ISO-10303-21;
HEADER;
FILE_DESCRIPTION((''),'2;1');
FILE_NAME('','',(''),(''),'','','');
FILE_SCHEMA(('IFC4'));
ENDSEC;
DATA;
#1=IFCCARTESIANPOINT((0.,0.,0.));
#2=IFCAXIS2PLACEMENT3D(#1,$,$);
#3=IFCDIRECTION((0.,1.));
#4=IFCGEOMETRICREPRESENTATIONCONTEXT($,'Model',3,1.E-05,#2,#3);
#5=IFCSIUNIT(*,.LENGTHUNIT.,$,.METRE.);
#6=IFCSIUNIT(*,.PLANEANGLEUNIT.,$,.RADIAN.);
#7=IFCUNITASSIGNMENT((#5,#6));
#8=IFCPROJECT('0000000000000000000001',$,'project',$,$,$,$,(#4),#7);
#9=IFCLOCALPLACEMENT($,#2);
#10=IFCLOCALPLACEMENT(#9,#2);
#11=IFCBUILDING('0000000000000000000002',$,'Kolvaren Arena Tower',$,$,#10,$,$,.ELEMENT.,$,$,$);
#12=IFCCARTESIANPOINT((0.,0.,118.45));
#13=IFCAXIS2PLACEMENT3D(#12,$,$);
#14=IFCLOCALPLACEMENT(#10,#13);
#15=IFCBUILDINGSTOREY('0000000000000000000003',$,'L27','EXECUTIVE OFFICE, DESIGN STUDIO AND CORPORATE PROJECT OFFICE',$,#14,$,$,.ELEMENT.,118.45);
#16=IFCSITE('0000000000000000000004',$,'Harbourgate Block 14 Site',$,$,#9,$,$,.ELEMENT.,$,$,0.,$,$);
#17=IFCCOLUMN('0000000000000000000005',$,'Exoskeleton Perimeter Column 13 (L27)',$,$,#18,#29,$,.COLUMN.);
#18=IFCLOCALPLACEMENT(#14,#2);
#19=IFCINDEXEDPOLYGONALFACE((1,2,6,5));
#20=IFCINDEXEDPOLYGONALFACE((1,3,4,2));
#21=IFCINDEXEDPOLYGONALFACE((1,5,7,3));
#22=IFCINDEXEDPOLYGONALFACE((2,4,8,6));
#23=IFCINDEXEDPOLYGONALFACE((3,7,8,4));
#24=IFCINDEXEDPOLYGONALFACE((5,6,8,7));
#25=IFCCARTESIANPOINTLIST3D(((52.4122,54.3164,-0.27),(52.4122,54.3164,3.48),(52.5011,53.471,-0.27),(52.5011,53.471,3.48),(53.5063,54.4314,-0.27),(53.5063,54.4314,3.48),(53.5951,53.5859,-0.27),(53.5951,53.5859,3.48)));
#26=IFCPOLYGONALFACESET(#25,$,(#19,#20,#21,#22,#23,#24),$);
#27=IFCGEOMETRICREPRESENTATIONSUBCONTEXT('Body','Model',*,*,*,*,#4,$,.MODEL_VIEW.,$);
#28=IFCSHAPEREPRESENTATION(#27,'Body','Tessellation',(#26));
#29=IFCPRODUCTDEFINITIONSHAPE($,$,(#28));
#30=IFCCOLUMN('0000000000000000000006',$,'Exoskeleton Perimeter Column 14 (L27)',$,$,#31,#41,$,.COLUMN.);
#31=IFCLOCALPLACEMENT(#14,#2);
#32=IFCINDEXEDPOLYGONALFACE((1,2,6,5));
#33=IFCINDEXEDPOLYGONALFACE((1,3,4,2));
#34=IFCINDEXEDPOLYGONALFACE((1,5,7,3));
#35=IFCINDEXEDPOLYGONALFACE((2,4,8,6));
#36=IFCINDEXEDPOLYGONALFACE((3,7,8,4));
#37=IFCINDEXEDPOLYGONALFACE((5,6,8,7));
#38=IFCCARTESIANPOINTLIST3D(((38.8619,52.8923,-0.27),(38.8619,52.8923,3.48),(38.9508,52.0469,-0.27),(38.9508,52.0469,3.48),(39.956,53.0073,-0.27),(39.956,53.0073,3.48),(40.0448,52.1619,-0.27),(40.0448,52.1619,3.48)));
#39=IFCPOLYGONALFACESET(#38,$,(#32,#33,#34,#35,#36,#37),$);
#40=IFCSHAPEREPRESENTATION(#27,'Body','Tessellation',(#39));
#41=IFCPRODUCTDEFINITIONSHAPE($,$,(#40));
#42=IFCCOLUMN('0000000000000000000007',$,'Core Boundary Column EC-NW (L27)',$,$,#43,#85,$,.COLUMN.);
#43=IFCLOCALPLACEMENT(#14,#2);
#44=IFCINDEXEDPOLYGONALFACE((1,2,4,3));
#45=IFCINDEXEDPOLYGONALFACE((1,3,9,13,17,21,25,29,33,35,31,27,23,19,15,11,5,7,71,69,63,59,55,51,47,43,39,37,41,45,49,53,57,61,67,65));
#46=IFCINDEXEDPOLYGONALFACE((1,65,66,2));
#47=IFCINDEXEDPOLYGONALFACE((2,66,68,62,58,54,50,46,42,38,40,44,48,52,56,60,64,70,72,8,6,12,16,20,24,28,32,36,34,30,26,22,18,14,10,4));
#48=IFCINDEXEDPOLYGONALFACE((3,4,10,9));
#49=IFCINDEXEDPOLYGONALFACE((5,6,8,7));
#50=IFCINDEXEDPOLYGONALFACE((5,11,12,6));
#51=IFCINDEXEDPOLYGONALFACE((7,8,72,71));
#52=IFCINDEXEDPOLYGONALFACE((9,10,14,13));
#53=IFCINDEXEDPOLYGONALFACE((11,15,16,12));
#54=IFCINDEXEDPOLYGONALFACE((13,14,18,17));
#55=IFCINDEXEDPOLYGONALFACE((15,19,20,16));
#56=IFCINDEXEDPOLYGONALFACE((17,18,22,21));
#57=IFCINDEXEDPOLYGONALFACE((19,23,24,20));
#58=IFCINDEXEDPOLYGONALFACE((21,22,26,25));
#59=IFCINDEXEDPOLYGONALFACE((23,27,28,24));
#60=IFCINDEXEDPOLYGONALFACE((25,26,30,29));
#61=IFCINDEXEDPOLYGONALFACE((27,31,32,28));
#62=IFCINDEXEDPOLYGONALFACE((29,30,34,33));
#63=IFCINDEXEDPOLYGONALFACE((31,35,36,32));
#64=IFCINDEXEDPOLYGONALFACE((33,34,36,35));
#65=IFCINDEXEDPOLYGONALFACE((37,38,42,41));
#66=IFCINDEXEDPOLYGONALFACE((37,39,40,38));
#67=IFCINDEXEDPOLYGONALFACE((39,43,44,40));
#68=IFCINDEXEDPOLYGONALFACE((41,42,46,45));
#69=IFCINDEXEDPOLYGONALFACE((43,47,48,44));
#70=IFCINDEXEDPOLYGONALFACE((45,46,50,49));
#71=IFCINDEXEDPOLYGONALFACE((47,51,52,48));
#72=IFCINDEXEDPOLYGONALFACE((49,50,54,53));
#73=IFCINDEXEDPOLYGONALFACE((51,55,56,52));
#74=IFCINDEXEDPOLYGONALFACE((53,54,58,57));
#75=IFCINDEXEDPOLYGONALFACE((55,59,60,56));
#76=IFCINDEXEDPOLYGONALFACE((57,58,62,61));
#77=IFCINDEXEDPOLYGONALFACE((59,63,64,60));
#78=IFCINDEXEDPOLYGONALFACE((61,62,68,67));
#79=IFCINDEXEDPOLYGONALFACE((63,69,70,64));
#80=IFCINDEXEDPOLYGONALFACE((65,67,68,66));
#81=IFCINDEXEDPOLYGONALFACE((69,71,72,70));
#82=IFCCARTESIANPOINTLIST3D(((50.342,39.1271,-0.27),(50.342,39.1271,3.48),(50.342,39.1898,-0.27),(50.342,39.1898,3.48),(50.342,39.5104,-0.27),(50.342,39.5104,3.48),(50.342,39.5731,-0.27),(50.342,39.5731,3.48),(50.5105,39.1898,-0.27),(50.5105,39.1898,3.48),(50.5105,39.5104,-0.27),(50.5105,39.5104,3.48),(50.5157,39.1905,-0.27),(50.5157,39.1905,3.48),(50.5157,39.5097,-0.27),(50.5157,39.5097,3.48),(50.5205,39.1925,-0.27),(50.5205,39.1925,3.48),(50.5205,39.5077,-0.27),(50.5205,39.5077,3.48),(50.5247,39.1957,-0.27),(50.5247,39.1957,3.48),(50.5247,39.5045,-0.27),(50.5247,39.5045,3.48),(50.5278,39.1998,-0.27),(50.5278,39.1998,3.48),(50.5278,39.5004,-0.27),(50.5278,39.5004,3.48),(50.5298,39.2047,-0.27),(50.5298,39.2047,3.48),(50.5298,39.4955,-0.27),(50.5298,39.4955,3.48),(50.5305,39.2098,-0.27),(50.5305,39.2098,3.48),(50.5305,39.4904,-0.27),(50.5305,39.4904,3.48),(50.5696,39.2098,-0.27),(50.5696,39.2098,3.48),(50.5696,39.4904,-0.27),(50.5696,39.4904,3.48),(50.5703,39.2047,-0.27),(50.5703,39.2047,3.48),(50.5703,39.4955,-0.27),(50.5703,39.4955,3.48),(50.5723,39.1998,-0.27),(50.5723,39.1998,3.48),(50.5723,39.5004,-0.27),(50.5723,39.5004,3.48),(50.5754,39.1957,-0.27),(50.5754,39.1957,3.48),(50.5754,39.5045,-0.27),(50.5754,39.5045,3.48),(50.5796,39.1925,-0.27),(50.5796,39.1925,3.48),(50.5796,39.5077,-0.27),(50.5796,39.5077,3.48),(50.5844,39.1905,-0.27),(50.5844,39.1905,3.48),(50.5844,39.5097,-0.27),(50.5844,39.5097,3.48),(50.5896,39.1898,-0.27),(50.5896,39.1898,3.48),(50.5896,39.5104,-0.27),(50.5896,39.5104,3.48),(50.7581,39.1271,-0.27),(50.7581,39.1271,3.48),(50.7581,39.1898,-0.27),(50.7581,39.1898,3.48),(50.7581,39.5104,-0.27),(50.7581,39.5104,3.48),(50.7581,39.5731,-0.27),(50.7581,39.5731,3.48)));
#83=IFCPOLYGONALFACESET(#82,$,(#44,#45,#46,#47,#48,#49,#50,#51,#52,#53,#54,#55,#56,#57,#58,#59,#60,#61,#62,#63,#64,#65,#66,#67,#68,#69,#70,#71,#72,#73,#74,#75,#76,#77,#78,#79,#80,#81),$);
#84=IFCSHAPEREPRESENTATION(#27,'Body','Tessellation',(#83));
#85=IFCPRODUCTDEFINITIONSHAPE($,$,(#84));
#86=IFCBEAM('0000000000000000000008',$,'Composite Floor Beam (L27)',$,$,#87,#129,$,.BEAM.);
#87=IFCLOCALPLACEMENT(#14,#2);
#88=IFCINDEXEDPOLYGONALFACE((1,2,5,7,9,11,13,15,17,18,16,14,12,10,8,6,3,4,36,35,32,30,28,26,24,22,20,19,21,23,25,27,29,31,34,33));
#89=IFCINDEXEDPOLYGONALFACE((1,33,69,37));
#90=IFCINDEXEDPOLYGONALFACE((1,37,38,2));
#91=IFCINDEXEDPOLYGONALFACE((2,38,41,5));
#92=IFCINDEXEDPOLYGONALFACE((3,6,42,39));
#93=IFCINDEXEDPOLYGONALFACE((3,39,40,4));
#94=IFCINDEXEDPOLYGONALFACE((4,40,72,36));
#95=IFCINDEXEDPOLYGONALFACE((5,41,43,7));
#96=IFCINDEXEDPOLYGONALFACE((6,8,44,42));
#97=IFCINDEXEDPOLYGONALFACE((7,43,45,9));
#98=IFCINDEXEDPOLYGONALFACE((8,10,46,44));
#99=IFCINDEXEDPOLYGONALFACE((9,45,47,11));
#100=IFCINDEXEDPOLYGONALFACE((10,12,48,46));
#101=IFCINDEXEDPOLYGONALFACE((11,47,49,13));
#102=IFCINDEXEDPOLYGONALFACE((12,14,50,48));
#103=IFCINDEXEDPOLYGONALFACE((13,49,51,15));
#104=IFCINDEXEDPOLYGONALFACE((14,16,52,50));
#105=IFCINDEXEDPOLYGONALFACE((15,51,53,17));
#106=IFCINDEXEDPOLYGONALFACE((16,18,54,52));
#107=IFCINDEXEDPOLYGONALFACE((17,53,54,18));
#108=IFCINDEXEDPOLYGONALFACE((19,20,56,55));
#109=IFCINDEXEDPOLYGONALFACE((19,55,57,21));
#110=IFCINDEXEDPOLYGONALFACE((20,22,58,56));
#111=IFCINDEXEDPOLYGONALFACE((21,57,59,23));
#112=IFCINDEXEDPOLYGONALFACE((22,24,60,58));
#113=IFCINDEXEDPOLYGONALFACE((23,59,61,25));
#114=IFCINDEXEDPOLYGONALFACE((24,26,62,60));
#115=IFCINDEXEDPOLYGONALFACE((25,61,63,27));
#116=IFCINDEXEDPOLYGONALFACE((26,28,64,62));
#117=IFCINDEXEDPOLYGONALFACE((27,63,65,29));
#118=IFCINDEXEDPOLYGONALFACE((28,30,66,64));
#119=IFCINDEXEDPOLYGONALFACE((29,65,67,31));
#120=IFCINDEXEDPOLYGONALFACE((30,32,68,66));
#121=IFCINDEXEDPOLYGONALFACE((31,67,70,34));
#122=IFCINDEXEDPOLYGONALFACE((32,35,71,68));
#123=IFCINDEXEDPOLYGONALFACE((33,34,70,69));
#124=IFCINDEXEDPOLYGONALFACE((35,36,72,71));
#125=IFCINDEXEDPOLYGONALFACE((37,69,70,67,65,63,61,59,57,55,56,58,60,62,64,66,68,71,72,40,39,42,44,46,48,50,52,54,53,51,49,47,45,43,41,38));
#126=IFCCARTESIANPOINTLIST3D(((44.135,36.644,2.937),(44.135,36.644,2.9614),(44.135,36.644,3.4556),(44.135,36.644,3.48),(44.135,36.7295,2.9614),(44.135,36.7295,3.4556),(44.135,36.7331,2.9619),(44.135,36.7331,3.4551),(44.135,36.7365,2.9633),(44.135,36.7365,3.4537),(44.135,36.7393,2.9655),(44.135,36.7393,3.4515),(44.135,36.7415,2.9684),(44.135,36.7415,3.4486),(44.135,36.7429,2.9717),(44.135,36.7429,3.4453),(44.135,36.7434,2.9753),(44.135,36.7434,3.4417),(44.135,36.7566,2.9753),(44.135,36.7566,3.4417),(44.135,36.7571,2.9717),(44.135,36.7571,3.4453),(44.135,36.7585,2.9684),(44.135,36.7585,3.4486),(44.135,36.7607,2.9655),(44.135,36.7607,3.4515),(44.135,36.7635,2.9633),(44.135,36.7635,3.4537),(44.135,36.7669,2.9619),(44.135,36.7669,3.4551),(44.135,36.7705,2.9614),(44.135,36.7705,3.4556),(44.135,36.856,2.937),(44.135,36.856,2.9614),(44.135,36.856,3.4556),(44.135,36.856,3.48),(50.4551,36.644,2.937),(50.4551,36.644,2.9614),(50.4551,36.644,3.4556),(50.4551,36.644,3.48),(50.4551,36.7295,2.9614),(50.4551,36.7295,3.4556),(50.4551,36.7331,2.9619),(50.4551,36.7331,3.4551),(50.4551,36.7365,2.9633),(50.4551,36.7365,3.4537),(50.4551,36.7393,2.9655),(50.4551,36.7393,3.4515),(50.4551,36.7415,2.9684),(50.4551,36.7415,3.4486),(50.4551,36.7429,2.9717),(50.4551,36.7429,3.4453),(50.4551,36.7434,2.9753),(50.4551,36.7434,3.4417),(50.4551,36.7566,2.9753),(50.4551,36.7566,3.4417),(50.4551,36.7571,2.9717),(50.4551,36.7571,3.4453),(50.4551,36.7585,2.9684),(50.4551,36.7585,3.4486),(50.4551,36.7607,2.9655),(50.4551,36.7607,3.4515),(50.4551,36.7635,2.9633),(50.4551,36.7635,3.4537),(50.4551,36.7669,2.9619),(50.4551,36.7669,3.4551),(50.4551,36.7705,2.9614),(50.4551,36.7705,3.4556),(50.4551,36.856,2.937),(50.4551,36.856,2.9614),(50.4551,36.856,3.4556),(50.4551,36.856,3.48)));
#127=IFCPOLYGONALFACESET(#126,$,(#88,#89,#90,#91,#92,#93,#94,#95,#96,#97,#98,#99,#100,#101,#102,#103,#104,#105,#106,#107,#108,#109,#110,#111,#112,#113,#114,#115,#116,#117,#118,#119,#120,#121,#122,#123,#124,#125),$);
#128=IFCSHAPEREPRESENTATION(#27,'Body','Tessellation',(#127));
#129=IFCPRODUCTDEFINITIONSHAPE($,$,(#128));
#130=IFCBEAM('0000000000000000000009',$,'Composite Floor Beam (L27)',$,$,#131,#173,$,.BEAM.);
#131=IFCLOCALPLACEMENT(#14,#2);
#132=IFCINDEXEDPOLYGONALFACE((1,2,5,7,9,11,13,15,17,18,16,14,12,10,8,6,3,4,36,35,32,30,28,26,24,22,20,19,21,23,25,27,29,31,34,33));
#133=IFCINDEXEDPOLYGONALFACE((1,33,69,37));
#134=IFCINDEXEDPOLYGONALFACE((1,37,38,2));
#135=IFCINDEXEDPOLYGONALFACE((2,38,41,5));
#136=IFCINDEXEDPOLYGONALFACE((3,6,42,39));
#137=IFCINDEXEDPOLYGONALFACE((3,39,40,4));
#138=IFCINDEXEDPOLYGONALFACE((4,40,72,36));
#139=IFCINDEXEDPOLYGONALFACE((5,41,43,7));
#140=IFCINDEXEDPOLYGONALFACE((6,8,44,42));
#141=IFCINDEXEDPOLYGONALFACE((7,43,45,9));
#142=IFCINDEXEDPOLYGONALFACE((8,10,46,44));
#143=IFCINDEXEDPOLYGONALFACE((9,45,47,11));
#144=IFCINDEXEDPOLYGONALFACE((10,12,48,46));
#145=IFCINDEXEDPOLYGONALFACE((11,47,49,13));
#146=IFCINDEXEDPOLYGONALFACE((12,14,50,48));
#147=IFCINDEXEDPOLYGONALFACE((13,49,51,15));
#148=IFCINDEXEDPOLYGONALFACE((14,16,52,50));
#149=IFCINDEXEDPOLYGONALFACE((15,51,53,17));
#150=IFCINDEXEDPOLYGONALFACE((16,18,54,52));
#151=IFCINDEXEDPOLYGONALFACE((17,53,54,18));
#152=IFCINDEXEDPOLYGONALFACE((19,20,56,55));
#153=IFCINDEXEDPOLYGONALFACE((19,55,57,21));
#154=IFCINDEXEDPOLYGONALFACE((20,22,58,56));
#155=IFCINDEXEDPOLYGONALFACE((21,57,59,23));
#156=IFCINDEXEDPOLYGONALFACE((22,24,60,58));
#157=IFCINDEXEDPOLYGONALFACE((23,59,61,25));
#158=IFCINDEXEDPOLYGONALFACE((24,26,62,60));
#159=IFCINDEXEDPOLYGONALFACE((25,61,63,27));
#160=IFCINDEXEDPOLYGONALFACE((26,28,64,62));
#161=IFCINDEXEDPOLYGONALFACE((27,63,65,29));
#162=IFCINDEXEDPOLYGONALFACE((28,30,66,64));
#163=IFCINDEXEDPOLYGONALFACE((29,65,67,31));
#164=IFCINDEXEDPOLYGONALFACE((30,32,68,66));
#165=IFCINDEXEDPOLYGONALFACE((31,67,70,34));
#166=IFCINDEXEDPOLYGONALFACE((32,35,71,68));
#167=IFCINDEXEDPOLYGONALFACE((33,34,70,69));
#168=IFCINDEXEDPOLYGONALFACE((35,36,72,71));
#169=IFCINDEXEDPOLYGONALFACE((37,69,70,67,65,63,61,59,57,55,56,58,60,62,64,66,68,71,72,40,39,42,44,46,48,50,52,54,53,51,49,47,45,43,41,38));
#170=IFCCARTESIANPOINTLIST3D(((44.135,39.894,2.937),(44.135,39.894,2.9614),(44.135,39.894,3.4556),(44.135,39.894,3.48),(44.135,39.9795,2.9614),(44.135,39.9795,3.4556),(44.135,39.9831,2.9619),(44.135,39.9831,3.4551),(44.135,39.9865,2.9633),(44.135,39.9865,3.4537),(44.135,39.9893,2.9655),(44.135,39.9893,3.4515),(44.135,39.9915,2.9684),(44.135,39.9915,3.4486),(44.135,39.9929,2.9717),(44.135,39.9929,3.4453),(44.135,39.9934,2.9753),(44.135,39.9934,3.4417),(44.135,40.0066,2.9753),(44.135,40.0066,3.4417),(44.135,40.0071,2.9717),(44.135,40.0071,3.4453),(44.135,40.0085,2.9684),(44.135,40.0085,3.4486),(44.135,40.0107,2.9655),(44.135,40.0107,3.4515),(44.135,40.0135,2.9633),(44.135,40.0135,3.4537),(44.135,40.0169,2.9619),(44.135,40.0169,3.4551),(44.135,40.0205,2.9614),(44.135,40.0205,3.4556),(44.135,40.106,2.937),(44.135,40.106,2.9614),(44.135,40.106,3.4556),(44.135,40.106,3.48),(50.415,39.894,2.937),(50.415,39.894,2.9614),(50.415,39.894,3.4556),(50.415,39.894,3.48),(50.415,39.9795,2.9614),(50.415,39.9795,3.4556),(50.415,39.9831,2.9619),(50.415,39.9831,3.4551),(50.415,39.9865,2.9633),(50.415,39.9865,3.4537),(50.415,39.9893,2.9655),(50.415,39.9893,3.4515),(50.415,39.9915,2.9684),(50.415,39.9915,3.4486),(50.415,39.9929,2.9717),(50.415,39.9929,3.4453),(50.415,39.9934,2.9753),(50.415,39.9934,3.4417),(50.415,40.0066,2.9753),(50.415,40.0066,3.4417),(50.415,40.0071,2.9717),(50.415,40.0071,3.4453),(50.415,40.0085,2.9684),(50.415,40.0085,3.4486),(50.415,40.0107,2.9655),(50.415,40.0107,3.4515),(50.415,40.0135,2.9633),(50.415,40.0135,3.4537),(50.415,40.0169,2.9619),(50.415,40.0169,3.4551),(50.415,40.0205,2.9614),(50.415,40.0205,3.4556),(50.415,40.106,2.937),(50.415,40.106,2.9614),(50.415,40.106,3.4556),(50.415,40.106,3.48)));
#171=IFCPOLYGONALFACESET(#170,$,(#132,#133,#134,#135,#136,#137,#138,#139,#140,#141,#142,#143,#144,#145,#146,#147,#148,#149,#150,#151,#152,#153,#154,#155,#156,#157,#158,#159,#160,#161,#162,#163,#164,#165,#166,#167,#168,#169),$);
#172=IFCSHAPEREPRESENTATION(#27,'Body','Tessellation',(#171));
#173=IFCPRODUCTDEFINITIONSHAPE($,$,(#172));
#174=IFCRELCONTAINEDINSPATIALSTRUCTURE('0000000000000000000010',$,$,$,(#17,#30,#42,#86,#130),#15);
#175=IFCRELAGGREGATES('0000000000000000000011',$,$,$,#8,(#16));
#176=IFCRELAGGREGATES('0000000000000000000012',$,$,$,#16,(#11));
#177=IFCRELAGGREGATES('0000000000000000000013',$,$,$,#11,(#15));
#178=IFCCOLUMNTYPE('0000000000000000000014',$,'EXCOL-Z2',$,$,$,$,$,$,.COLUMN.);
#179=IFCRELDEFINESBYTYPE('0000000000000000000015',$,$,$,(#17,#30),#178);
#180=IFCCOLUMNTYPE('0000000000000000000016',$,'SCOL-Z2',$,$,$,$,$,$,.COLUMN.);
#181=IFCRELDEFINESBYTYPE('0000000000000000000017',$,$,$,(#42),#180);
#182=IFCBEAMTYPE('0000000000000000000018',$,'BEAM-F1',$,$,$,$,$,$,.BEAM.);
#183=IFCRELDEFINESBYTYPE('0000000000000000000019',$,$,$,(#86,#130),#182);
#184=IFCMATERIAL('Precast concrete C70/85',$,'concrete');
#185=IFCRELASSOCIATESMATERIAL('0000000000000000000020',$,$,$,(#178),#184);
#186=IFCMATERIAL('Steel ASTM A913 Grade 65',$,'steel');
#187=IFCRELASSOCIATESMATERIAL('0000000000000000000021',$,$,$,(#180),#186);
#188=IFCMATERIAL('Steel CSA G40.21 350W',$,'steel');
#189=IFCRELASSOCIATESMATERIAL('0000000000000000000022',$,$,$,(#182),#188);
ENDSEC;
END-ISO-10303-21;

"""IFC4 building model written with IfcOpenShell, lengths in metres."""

from ifc_helpers import new_model, si_unit, direction, frame, origin, origin_2d, place, context, subcontext, project, spatial, rectangle, i_section, extrude, material, material_profile, profile_set, type_object, element, save


model = new_model("IFC4")

# Units and contexts
model_context = context("Model", 3, precision=1e-05, world=origin(), true_north=direction((0.0, 1.0)))
body_context = subcontext(model_context, "Body", "Model", "MODEL_VIEW")
ifc_project = project(units=[si_unit("LENGTHUNIT", "METRE"), si_unit("PLANEANGLEUNIT", "RADIAN")], contexts=[model_context])

# Site, building, storey
site_placement = place(None, origin())
site = spatial("IfcSite", under=ifc_project, at=site_placement, Name="Harbourgate Block 14 Site", CompositionType="ELEMENT", RefElevation=0.0)
building_placement = place(site_placement, origin())
building = spatial("IfcBuilding", under=site, at=building_placement, Name="Kolvaren Arena Tower", CompositionType="ELEMENT")
storey_placement = place(building_placement, frame((0.0, 0.0, 118.45)))
storey = spatial("IfcBuildingStorey", under=building, at=storey_placement, Name="L27", Description="EXECUTIVE OFFICE, DESIGN STUDIO AND CORPORATE PROJECT OFFICE", CompositionType="ELEMENT", Elevation=118.45)

# Columns
ifc_material_1 = material(Name="Precast concrete C70/85", Category="concrete")
ifc_material_profile_1 = material_profile(ifc_material_1, rectangle(XDim=1.1001, YDim=0.8501, at=origin_2d()), Name="RC-1100x850")
ifc_profile_set_1 = profile_set([ifc_material_profile_1], Name="Precast concrete C70/85")
column_type_1 = type_object("IfcColumnType", Name="EXCOL-Z2", PredefinedType="COLUMN", material=ifc_profile_set_1)
for number, where, z_axis, x_axis, name in (
    (1, (53.0037, 53.9512, -0.27), (0.0, 0.0, 1.0), (0.994522, 0.104528, 0.0), "Exoskeleton Perimeter Column 13 (L27)"),
    (2, (39.4534, 52.5271, -0.27), (0.0, 0.0, 1.0), (0.994522, 0.104528, 0.0), "Exoskeleton Perimeter Column 14 (L27)"),
):
    element("IfcColumn", number, at=place(storey_placement, frame(where, z_axis=z_axis, x_axis=x_axis)), inside=storey, type_object=column_type_1, Name=name, PredefinedType="COLUMN", context=body_context, shape_type="SweptSolid", body=[
        extrude(rectangle(XDim=1.1001, YDim=0.8501, at=origin_2d()), origin(), (0.0, 0.0, 1.0), 3.75),
    ])
ifc_material_2 = material(Name="Steel ASTM A913 Grade 65", Category="steel")
ifc_material_profile_2 = material_profile(ifc_material_2, i_section(OverallWidth=0.416, OverallDepth=0.446, WebThickness=0.0391, FlangeThickness=0.0627, FilletRadius=0.02, at=origin_2d()), Name="W360x509")
ifc_profile_set_2 = profile_set([ifc_material_profile_2], Name="Steel ASTM A913 Grade 65")
column_type_2 = type_object("IfcColumnType", Name="SCOL-Z2", PredefinedType="COLUMN", material=ifc_profile_set_2)
column_placement = place(storey_placement, frame((50.55, 39.3501, -0.27), z_axis=(0.0, 0.0, 1.0), x_axis=(1.0, 0.0, 0.0)))
element("IfcColumn", 3, at=column_placement, inside=storey, type_object=column_type_2, Name="Core Boundary Column EC-NW (L27)", PredefinedType="COLUMN", context=body_context, shape_type="SweptSolid", body=[
    extrude(i_section(OverallWidth=0.416, OverallDepth=0.446, WebThickness=0.0391, FlangeThickness=0.0627, FilletRadius=0.02, at=origin_2d()), origin(), (0.0, 0.0, 1.0), 3.75),
])

# Beams
ifc_material_3 = material(Name="Steel CSA G40.21 350W", Category="steel")
ifc_material_profile_3 = material_profile(ifc_material_3, i_section(OverallWidth=0.2119, OverallDepth=0.543, WebThickness=0.0132, FlangeThickness=0.0244, FilletRadius=0.0139, at=origin_2d()), Name="W530x150")
ifc_profile_set_3 = profile_set([ifc_material_profile_3], Name="Steel CSA G40.21 350W")
beam_type_1 = type_object("IfcBeamType", Name="BEAM-F1", PredefinedType="BEAM", material=ifc_profile_set_3)
beam_1_placement = place(storey_placement, frame((44.135, 36.75, 3.2085), z_axis=(1.0, 0.0, 0.0), x_axis=(0.0, 1.0, 0.0)))
element("IfcBeam", 4, at=beam_1_placement, inside=storey, type_object=beam_type_1, Name="Composite Floor Beam (L27)", PredefinedType="BEAM", context=body_context, shape_type="SweptSolid", body=[
    extrude(i_section(OverallWidth=0.2119, OverallDepth=0.543, WebThickness=0.0132, FlangeThickness=0.0244, FilletRadius=0.0139, at=origin_2d()), origin(), (0.0, 0.0, 1.0), 6.3201),
])
beam_2_placement = place(storey_placement, frame((44.135, 40.0, 3.2085), z_axis=(1.0, 0.0, 0.0), x_axis=(0.0, 1.0, 0.0)))
element("IfcBeam", 5, at=beam_2_placement, inside=storey, type_object=beam_type_1, Name="Composite Floor Beam (L27)", PredefinedType="BEAM", context=body_context, shape_type="SweptSolid", body=[
    extrude(i_section(OverallWidth=0.2119, OverallDepth=0.543, WebThickness=0.0132, FlangeThickness=0.0244, FilletRadius=0.0139, at=origin_2d()), origin(), (0.0, 0.0, 1.0), 6.28),
])

save(model, "model.ifc")
